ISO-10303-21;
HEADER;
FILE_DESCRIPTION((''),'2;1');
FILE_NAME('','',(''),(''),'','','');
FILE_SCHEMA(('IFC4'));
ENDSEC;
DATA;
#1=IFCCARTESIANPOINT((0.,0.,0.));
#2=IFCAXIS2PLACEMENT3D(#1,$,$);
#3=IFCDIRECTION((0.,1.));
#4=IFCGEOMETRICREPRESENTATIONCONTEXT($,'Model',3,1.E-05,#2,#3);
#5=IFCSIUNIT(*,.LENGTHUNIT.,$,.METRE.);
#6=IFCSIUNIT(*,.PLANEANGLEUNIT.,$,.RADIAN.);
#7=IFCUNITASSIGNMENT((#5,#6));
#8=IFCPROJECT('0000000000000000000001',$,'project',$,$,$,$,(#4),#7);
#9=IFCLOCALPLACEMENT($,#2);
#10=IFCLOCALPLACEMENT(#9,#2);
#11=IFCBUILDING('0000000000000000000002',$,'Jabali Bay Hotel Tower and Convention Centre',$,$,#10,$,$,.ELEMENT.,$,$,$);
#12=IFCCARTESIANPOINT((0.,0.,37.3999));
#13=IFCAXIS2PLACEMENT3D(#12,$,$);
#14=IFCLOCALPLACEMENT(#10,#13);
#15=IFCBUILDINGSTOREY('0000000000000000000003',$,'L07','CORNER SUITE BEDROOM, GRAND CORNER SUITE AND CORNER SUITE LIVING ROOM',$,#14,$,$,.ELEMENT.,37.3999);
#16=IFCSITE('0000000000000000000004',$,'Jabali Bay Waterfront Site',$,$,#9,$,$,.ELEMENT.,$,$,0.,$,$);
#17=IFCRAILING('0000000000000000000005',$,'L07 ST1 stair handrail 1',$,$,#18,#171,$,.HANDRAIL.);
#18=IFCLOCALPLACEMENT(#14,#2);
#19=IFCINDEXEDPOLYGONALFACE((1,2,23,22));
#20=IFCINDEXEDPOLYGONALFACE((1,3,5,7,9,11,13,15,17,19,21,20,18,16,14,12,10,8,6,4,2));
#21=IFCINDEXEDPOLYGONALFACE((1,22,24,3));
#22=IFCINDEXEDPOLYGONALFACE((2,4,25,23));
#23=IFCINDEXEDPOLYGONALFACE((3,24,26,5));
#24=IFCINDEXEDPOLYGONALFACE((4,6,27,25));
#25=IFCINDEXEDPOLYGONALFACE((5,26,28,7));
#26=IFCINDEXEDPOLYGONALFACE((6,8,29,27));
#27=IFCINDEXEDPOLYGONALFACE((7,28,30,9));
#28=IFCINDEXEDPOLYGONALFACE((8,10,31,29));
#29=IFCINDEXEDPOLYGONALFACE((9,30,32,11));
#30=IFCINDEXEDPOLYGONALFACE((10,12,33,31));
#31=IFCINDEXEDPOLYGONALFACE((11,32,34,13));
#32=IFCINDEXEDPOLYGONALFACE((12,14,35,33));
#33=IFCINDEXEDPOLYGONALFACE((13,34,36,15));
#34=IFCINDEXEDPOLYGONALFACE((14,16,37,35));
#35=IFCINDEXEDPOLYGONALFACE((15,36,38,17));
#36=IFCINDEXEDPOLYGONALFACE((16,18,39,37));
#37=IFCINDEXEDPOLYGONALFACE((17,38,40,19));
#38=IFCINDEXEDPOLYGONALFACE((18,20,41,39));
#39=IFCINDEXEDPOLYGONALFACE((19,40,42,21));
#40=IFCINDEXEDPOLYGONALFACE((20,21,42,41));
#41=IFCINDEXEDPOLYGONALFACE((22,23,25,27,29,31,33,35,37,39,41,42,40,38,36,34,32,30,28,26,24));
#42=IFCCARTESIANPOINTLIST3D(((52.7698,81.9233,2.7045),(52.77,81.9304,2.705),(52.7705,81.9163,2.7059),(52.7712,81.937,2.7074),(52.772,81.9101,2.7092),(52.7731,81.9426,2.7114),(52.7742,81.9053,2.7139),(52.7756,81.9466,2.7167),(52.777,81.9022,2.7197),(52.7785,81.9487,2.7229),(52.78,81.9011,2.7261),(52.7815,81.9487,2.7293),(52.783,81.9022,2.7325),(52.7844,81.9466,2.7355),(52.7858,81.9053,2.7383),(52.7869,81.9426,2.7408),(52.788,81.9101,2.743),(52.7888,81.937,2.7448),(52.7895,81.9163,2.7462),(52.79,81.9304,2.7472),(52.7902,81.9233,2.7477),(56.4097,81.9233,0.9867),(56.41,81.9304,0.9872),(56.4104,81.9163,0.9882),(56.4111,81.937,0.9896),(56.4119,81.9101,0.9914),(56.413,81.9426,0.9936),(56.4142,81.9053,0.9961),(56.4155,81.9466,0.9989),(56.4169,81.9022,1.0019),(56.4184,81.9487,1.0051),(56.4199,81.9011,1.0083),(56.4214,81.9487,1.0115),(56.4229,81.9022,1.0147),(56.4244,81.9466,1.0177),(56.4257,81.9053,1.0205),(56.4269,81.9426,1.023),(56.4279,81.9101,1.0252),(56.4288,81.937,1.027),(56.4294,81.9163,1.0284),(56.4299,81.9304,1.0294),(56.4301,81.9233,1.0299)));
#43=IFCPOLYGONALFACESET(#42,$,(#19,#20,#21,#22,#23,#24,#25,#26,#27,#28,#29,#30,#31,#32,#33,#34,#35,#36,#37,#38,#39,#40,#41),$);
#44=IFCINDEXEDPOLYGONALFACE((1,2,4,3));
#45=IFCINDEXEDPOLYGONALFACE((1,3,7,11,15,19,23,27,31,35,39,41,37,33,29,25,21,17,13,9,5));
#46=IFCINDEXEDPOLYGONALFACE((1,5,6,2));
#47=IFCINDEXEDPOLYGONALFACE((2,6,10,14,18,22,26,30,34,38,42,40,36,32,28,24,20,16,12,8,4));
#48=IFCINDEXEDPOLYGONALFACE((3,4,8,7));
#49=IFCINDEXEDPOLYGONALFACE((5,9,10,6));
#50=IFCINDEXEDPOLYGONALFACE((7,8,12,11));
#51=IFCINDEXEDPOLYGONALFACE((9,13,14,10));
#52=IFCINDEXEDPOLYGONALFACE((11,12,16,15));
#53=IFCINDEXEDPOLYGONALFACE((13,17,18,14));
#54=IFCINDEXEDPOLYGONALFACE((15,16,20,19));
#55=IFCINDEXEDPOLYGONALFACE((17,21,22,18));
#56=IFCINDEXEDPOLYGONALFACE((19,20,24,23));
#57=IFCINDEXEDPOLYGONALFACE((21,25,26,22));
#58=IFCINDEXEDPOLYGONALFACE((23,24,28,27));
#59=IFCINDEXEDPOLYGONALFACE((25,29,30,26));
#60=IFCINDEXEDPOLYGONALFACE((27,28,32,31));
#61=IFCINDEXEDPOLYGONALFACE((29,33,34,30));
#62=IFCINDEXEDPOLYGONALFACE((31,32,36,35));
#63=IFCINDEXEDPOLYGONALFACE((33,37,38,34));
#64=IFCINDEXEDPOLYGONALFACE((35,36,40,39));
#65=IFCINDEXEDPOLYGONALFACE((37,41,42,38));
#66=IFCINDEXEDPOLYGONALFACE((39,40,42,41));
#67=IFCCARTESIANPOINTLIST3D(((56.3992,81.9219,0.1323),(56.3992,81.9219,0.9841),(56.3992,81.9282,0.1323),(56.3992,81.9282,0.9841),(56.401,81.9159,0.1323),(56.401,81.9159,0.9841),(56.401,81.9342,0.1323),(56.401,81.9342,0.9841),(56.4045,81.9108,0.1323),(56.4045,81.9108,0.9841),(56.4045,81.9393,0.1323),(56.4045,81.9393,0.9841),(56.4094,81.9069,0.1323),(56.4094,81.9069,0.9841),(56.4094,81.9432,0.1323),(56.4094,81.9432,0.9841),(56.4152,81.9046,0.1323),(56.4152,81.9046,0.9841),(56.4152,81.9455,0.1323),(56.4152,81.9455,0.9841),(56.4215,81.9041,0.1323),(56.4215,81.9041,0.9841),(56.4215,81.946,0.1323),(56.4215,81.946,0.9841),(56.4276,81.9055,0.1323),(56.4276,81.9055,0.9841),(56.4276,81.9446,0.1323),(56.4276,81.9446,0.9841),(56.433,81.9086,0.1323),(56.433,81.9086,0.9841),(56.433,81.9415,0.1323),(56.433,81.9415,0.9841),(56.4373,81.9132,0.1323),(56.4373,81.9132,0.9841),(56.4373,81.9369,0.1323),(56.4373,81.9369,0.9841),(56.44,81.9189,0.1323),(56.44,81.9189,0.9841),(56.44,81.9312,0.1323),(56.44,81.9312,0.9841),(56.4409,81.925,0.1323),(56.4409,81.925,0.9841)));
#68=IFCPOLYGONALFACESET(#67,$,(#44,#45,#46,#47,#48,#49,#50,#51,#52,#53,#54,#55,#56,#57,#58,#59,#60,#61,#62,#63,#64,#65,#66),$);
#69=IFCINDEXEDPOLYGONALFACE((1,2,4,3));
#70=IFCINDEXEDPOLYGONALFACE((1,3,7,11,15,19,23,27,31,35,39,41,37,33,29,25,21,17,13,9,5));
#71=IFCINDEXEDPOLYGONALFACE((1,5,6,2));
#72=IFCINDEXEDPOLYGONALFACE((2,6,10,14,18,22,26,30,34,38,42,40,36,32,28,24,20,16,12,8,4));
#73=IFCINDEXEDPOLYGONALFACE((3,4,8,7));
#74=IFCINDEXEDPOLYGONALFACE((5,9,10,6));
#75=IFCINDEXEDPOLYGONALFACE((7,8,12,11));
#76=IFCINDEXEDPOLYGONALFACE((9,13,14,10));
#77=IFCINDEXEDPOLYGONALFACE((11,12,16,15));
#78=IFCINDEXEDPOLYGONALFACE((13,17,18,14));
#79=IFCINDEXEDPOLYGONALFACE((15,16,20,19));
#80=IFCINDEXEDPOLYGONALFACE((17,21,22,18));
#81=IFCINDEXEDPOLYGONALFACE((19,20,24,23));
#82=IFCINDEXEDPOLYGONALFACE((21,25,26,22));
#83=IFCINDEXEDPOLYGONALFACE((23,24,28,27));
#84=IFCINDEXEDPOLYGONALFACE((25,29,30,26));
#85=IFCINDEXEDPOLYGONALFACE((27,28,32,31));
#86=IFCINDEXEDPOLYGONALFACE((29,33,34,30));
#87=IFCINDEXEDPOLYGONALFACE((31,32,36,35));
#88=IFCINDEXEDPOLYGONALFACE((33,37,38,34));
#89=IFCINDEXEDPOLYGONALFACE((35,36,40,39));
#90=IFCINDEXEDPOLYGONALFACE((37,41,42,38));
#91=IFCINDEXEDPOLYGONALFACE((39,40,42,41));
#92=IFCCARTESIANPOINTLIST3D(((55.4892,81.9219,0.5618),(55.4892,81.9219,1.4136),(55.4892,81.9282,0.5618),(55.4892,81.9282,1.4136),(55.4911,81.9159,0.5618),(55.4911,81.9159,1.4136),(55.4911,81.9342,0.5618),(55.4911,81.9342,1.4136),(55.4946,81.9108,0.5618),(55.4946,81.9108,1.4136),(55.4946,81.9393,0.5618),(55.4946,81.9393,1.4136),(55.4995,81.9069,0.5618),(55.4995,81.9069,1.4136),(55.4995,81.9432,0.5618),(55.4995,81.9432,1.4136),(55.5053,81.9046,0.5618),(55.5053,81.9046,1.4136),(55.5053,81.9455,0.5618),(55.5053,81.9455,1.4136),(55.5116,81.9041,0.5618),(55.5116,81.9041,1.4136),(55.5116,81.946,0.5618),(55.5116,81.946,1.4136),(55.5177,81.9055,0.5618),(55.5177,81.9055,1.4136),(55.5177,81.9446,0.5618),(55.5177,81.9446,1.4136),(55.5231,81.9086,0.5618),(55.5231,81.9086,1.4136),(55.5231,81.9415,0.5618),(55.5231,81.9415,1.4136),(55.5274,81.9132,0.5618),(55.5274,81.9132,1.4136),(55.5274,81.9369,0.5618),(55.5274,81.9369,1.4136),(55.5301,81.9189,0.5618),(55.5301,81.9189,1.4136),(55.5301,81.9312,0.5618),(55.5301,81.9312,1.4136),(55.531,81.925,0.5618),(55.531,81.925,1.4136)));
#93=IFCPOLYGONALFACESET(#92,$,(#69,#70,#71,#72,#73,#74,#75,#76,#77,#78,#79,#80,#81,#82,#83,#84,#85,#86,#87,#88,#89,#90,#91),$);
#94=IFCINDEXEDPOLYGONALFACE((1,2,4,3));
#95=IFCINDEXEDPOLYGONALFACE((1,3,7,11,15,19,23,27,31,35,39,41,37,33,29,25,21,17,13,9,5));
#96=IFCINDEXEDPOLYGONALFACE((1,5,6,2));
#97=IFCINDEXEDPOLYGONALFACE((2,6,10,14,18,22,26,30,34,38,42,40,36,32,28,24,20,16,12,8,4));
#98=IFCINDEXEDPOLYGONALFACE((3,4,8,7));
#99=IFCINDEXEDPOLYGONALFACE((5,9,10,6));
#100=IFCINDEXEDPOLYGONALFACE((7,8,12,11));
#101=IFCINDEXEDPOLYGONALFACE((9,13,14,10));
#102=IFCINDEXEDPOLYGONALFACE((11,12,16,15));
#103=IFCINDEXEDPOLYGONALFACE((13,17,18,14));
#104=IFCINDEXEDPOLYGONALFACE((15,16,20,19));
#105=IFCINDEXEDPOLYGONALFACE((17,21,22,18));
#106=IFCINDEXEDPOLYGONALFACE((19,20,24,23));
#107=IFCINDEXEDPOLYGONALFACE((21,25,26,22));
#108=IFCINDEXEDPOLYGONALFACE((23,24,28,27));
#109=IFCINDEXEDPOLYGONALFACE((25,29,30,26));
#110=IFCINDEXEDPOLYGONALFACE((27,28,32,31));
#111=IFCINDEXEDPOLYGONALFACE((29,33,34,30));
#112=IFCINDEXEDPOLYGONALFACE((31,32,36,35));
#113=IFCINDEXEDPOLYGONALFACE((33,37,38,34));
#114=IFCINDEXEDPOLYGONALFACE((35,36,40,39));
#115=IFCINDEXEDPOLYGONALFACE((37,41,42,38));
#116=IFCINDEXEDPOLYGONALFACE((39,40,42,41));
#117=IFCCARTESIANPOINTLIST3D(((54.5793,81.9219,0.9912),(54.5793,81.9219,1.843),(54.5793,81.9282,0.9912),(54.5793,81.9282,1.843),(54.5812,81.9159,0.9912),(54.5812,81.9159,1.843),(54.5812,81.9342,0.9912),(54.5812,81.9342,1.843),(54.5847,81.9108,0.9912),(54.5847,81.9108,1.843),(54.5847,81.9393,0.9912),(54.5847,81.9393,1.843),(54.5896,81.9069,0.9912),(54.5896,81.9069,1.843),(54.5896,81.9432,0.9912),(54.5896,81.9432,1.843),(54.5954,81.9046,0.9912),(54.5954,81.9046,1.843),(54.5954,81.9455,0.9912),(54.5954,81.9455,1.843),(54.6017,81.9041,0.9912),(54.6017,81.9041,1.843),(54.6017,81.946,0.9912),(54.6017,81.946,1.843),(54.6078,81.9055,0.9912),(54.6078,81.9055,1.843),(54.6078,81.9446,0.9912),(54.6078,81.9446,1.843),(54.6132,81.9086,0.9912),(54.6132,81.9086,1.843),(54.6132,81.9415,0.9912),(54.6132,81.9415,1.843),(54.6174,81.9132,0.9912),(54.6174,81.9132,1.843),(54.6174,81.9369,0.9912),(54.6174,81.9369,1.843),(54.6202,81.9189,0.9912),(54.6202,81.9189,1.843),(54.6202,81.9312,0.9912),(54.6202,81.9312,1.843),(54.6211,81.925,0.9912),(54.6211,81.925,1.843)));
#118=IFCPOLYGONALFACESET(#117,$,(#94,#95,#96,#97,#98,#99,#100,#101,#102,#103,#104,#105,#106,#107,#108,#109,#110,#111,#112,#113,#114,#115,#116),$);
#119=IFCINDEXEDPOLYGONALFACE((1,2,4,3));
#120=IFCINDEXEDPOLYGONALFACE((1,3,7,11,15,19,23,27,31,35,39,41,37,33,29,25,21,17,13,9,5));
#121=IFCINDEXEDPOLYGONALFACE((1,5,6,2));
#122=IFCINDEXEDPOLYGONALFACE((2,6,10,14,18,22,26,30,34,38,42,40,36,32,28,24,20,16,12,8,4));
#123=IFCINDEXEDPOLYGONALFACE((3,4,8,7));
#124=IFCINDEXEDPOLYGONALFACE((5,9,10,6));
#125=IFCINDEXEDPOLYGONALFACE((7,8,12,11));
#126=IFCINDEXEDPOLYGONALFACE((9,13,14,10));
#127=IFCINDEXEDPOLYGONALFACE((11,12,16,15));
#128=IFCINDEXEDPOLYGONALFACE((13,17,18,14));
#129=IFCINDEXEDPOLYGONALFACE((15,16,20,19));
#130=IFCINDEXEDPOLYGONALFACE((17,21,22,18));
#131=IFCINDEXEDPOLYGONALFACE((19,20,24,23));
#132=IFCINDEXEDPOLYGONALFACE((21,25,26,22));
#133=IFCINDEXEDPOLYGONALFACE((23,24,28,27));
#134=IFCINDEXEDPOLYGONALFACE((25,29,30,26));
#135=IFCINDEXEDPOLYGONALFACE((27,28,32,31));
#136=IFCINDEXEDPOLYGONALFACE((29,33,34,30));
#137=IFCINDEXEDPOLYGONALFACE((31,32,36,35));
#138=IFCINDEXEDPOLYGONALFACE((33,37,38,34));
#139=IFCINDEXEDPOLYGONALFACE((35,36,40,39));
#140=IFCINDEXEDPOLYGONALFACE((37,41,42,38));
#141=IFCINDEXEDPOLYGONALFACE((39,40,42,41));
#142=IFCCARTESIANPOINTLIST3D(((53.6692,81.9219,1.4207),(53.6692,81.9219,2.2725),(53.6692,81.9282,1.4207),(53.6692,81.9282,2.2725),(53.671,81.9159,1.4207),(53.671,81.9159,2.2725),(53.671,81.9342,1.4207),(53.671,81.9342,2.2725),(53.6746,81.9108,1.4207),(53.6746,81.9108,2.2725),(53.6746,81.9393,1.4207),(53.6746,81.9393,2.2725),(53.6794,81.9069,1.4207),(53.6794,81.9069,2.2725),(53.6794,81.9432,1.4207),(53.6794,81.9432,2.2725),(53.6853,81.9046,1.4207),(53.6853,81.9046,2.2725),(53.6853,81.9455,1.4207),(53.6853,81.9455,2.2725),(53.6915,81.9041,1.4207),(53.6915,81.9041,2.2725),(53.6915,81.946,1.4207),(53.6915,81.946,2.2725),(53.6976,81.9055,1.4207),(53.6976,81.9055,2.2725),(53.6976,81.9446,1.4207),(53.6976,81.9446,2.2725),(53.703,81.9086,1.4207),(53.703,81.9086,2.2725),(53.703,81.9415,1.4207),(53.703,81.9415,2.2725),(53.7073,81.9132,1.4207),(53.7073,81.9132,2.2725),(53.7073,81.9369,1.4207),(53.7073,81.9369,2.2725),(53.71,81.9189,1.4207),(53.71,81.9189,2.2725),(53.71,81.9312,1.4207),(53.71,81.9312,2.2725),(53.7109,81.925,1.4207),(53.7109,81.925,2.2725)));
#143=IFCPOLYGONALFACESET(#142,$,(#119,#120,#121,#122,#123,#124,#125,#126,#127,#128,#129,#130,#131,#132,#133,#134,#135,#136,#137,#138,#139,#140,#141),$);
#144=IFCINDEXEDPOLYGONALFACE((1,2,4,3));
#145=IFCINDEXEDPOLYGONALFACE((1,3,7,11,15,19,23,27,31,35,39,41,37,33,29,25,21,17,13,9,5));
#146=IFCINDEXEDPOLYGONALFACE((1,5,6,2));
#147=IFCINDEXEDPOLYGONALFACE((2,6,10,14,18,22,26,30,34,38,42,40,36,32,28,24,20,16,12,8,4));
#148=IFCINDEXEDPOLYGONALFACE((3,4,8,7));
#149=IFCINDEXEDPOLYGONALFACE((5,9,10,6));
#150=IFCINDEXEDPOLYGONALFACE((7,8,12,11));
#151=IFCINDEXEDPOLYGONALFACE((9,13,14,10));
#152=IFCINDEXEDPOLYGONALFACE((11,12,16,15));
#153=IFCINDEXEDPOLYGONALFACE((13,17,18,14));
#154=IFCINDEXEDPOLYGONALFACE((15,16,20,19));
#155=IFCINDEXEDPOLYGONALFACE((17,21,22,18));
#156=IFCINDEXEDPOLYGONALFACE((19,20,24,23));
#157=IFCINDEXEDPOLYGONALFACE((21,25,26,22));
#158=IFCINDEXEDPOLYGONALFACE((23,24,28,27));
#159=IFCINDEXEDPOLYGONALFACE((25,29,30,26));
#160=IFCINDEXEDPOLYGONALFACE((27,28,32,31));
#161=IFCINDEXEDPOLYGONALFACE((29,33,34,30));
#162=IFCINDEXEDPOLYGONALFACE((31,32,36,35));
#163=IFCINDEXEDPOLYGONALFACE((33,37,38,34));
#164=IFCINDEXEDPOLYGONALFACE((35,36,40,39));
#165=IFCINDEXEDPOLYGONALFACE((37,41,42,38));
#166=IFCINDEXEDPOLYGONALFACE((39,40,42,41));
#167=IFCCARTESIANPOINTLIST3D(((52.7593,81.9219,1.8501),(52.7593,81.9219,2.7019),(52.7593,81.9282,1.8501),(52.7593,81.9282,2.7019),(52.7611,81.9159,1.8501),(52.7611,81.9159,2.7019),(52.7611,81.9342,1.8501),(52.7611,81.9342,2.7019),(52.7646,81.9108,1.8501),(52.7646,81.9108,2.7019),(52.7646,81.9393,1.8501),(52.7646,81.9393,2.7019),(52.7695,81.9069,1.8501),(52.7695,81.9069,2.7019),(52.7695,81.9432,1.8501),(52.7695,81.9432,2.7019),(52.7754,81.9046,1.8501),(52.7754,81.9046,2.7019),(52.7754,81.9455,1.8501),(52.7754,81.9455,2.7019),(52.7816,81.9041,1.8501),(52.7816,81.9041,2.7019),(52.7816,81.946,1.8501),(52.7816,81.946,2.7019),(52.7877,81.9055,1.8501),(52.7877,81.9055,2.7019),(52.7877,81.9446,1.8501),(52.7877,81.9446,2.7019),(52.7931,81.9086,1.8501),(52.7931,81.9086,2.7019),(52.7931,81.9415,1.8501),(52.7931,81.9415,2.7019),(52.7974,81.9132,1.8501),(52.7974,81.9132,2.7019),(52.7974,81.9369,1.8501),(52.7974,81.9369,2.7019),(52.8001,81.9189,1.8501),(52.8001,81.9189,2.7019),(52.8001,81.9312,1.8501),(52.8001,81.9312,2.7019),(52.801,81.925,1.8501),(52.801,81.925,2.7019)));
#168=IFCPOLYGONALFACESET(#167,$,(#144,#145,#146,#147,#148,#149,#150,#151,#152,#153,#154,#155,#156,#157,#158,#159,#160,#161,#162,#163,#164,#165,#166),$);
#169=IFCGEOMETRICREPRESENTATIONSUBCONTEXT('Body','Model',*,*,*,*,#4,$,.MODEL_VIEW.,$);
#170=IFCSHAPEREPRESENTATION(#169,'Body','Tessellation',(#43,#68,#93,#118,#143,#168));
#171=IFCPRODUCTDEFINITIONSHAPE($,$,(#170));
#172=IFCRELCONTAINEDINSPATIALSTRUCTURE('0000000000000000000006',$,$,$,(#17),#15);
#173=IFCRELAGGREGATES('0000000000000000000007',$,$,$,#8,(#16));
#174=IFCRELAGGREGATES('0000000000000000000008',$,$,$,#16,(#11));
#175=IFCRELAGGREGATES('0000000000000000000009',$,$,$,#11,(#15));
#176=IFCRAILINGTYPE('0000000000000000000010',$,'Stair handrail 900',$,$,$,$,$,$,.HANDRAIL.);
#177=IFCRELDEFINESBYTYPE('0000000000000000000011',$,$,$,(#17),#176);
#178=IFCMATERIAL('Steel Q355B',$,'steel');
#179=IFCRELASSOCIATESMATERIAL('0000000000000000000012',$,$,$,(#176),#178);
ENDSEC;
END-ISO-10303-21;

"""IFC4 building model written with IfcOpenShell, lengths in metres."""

from ifc_helpers import new_model, si_unit, direction, frame, origin, origin_2d, place, context, subcontext, project, spatial, circle, extrude, material, type_object, element, save


model = new_model("IFC4")

# Units and contexts
model_context = context("Model", 3, precision=1e-05, world=origin(), true_north=direction((0.0, 1.0)))
body_context = subcontext(model_context, "Body", "Model", "MODEL_VIEW")
ifc_project = project(units=[si_unit("LENGTHUNIT", "METRE"), si_unit("PLANEANGLEUNIT", "RADIAN")], contexts=[model_context])

# Site, building, storey
site_placement = place(None, origin())
site = spatial("IfcSite", under=ifc_project, at=site_placement, Name="Jabali Bay Waterfront Site", CompositionType="ELEMENT", RefElevation=0.0)
building_placement = place(site_placement, origin())
building = spatial("IfcBuilding", under=site, at=building_placement, Name="Jabali Bay Hotel Tower and Convention Centre", CompositionType="ELEMENT")
storey_placement = place(building_placement, frame((0.0, 0.0, 37.3999)))
storey = spatial("IfcBuildingStorey", under=building, at=storey_placement, Name="L07", Description="CORNER SUITE BEDROOM, GRAND CORNER SUITE AND CORNER SUITE LIVING ROOM", CompositionType="ELEMENT", Elevation=37.3999)

# Railing
ifc_material_1 = material(Name="Steel Q355B", Category="steel")
railing_type_1 = type_object("IfcRailingType", Name="Stair handrail 900", PredefinedType="HANDRAIL", material=ifc_material_1)
railing_1_placement = place(storey_placement, frame((56.4199, 81.925, 0.1323)))
element("IfcRailing", 1, at=railing_1_placement, inside=storey, type_object=railing_type_1, Name="L07 ST1 stair handrail 1", PredefinedType="HANDRAIL", context=body_context, shape_type="SweptSolid", body=[
    extrude(circle(Radius=0.0239, at=origin_2d()), frame((0.0, 0.0, 0.876), z_axis=(-0.904351, 0.0, 0.42679), x_axis=(0.0, -1.0, 0.0)), (0.0, 0.0, 1.0), 4.0249),
    extrude(circle(Radius=0.021, at=origin_2d()), origin(), (0.0, 0.0, 1.0), 0.8518),
    extrude(circle(Radius=0.021, at=origin_2d()), frame((-0.9099, 0.0, 0.4294)), (0.0, 0.0, 1.0), 0.8518),
    extrude(circle(Radius=0.021, at=origin_2d()), frame((-1.8198, 0.0, 0.8589)), (0.0, 0.0, 1.0), 0.8518),
    extrude(circle(Radius=0.021, at=origin_2d()), frame((-2.73, 0.0, 1.2883)), (0.0, 0.0, 1.0), 0.8518),
    extrude(circle(Radius=0.021, at=origin_2d()), frame((-3.6399, 0.0, 1.7178)), (0.0, 0.0, 1.0), 0.8518),
])

save(model, "model.ifc")
